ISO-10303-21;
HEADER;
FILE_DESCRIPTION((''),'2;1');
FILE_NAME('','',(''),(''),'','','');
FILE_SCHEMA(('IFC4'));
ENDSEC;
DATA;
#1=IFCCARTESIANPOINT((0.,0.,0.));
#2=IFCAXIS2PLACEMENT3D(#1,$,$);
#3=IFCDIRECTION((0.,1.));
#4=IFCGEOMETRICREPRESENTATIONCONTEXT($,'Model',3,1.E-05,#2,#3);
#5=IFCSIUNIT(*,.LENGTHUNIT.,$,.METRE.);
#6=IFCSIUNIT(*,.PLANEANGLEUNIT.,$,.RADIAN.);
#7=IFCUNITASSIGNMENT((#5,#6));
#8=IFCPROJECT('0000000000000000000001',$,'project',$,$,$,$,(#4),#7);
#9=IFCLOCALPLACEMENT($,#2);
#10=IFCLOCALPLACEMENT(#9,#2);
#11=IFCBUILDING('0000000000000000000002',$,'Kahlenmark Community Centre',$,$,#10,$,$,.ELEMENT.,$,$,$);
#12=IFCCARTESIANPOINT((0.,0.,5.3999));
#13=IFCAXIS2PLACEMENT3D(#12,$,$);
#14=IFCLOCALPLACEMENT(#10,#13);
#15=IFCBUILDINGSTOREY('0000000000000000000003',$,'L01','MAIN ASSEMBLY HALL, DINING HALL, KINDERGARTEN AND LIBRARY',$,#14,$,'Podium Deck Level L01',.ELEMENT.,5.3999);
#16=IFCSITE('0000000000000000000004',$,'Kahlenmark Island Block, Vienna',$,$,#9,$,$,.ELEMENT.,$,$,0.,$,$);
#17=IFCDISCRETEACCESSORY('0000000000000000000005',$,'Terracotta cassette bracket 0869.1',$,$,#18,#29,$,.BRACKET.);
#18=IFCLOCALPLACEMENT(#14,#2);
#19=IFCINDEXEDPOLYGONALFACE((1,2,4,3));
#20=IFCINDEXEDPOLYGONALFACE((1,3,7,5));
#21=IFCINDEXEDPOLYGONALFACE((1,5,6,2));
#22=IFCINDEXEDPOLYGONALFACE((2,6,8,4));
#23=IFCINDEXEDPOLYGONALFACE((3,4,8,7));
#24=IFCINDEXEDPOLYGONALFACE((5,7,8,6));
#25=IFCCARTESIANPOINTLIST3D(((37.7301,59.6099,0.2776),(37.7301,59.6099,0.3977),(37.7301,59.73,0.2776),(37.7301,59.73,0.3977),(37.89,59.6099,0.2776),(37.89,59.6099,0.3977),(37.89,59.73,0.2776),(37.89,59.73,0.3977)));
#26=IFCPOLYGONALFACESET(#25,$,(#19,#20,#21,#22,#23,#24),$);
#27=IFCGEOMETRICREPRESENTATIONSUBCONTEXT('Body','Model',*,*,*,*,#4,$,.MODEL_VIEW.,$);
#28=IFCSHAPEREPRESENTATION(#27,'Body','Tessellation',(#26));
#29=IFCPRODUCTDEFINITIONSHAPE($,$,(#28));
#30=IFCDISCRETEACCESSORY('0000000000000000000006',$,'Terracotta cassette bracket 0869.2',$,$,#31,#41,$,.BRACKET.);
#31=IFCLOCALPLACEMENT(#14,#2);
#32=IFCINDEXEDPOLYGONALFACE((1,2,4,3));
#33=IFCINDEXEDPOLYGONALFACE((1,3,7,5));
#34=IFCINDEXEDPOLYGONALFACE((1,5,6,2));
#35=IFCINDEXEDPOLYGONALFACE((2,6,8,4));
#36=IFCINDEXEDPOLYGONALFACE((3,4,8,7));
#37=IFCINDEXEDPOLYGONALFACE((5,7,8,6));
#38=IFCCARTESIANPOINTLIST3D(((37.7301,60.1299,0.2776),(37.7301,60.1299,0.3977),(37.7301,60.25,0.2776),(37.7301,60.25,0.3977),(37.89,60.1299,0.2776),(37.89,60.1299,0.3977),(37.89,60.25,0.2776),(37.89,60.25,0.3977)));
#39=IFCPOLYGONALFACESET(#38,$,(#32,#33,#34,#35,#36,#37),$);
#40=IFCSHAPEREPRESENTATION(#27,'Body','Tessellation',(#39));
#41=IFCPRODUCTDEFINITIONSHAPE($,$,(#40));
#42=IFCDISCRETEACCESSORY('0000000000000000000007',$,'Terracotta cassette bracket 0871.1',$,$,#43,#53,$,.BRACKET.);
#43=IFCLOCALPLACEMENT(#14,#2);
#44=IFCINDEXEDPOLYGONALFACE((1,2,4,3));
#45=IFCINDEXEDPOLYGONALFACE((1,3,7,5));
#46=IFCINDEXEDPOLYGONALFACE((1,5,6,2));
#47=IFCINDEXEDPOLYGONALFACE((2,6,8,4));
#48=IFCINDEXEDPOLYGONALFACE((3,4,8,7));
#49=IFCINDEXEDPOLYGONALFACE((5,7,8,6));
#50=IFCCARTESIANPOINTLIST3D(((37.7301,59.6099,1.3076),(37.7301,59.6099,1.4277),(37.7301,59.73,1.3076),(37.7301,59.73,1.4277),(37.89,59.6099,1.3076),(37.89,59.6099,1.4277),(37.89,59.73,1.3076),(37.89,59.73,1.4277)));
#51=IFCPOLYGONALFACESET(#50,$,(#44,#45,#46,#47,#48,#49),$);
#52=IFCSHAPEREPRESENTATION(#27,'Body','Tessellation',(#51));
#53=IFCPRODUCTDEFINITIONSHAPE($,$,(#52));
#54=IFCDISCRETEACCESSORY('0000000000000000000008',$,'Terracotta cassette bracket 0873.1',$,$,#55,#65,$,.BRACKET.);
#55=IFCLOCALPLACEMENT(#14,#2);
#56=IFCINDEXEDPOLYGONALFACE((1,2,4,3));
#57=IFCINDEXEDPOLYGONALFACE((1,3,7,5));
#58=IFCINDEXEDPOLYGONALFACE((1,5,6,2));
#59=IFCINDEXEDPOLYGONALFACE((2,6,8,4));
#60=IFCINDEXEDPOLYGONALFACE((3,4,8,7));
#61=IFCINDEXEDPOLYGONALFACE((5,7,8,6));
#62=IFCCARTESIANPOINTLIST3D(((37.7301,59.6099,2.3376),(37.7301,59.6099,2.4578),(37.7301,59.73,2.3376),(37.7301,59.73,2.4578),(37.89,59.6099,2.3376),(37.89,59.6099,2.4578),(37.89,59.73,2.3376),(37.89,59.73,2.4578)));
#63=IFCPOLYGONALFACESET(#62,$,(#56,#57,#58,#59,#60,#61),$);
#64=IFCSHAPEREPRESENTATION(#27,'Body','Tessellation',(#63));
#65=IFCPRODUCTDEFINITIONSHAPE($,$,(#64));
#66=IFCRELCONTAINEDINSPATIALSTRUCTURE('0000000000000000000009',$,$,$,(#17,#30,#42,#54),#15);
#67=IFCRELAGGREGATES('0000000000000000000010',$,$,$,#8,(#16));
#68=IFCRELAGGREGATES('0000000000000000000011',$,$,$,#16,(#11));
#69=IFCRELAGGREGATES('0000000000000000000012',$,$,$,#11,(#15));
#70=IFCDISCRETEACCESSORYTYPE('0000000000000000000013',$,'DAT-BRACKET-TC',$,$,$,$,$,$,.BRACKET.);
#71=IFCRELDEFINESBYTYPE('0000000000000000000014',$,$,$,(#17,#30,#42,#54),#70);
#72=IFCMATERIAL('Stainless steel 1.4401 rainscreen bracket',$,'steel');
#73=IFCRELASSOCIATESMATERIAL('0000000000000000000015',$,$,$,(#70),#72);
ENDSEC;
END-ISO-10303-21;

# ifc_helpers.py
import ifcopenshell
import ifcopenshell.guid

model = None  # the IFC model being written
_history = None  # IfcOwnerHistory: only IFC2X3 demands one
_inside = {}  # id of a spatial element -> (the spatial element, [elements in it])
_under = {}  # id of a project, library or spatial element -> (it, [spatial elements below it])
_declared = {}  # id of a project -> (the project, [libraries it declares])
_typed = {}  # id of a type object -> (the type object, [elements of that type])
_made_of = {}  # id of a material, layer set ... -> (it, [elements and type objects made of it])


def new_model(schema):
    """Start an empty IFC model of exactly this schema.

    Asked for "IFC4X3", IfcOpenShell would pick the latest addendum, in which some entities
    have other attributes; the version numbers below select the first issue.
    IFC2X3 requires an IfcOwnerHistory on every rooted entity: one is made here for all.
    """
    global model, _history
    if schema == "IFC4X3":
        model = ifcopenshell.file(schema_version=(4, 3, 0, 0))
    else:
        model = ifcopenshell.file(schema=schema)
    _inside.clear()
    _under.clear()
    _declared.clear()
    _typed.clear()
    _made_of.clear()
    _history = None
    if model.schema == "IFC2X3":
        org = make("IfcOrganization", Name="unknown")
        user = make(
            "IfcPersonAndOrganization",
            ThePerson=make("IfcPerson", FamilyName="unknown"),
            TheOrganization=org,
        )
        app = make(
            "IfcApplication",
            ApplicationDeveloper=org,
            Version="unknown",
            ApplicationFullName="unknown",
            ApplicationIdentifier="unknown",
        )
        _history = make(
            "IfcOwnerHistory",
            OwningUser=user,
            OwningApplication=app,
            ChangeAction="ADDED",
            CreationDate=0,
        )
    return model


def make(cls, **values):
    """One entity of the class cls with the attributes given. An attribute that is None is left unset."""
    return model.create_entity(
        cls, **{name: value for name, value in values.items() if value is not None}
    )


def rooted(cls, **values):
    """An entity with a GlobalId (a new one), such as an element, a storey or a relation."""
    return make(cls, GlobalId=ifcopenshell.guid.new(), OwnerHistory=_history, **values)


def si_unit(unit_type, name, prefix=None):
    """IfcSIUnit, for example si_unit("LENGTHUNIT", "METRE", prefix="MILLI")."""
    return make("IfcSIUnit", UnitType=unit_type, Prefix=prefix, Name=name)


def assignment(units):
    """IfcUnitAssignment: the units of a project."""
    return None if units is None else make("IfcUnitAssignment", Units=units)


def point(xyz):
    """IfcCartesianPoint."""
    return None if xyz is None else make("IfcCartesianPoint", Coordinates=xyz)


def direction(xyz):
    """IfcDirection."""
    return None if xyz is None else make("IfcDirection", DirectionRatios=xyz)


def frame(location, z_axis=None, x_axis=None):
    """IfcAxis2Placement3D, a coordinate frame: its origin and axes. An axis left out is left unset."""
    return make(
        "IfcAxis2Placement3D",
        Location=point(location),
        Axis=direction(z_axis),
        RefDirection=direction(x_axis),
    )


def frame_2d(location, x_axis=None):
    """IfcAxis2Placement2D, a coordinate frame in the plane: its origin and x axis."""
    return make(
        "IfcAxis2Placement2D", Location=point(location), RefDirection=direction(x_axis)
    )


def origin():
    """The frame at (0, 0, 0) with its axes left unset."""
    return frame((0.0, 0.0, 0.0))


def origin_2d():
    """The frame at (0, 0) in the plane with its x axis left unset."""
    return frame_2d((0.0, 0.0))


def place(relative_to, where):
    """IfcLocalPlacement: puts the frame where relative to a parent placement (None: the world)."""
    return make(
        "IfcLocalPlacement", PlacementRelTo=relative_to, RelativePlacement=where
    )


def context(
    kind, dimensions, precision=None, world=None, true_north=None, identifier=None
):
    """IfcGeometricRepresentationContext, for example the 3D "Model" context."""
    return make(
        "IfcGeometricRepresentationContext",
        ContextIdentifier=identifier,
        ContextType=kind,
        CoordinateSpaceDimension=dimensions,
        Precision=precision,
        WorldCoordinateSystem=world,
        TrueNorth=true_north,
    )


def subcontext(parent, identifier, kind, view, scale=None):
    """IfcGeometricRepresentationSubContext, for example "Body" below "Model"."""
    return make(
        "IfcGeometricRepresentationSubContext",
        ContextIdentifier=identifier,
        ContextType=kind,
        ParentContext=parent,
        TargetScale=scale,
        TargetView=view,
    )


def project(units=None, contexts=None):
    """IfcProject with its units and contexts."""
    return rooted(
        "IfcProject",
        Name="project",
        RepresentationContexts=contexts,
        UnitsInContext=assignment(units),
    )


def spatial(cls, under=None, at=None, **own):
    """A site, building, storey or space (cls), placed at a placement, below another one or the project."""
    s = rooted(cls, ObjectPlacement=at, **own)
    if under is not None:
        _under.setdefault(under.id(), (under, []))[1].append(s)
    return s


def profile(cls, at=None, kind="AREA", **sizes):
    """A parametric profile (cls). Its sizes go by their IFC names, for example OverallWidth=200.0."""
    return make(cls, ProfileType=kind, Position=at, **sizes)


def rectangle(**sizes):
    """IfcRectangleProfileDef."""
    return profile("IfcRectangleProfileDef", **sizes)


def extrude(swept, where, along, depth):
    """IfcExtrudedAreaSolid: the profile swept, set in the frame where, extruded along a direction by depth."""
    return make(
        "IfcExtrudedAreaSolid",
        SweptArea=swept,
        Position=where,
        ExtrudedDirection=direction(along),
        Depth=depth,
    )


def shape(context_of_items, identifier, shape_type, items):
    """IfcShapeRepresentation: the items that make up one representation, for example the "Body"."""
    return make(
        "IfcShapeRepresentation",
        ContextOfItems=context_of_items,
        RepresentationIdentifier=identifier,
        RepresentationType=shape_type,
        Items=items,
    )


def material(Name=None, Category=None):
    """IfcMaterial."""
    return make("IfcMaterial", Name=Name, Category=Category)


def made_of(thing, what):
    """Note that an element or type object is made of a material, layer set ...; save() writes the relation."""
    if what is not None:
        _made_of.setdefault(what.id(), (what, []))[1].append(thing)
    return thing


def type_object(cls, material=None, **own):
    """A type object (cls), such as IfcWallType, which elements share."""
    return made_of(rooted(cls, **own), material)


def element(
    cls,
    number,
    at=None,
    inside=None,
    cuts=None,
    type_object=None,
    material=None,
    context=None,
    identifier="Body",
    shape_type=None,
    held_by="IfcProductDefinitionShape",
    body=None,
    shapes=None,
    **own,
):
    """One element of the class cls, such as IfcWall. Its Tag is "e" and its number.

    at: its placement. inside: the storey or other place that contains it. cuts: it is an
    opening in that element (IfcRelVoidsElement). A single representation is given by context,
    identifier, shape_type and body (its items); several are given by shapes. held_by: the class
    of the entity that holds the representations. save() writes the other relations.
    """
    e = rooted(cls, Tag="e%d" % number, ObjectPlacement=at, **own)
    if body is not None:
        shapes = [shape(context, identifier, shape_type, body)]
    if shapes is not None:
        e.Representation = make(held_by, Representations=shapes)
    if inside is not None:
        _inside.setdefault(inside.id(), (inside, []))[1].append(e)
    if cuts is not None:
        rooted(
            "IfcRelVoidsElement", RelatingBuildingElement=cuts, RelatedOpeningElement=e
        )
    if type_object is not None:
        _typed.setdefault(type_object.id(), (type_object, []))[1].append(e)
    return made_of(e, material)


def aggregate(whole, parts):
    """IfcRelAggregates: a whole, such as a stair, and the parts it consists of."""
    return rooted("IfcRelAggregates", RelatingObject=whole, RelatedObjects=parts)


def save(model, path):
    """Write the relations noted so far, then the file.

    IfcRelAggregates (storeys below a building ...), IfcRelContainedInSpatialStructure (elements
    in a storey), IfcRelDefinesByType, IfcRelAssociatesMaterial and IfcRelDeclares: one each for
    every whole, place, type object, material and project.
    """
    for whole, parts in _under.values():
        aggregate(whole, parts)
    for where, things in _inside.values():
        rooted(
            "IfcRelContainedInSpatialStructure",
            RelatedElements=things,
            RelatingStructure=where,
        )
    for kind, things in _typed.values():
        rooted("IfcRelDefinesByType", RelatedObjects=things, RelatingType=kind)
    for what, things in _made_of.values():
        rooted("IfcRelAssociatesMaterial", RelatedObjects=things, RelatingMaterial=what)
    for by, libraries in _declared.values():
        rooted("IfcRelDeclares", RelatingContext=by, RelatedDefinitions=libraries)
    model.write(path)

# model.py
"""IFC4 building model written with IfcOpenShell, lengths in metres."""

from ifc_helpers import new_model, si_unit, direction, frame, origin, origin_2d, place, context, subcontext, project, spatial, rectangle, extrude, material, type_object, element, save


model = new_model("IFC4")

# Units and contexts
model_context = context("Model", 3, precision=1e-05, world=origin(), true_north=direction((0.0, 1.0)))
body_context = subcontext(model_context, "Body", "Model", "MODEL_VIEW")
ifc_project = project(units=[si_unit("LENGTHUNIT", "METRE"), si_unit("PLANEANGLEUNIT", "RADIAN")], contexts=[model_context])

# Site, building, storey
site_placement = place(None, origin())
site = spatial("IfcSite", under=ifc_project, at=site_placement, Name="Kahlenmark Island Block, Vienna", CompositionType="ELEMENT", RefElevation=0.0)
building_placement = place(site_placement, origin())
building = spatial("IfcBuilding", under=site, at=building_placement, Name="Kahlenmark Community Centre", CompositionType="ELEMENT")
storey_placement = place(building_placement, frame((0.0, 0.0, 5.3999)))
storey = spatial("IfcBuildingStorey", under=building, at=storey_placement, Name="L01", Description="MAIN ASSEMBLY HALL, DINING HALL, KINDERGARTEN AND LIBRARY", LongName="Podium Deck Level L01", CompositionType="ELEMENT", Elevation=5.3999)

# Discrete accessories
ifc_material_1 = material(Name="Stainless steel 1.4401 rainscreen bracket", Category="steel")
discrete_accessory_type = type_object("IfcDiscreteAccessoryType", Name="DAT-BRACKET-TC", PredefinedType="BRACKET", material=ifc_material_1)
for number, where, z_axis, x_axis, name in (
    (1, (37.8101, 59.6699, 0.2776), (0.0, 0.0, 1.0), (0.0, 1.0, 0.0), "Terracotta cassette bracket 0869.1"),
    (2, (37.8101, 60.1899, 0.2776), (0.0, 0.0, 1.0), (0.0, 1.0, 0.0), "Terracotta cassette bracket 0869.2"),
    (3, (37.8101, 59.6699, 1.3076), (0.0, 0.0, 1.0), (0.0, 1.0, 0.0), "Terracotta cassette bracket 0871.1"),
    (4, (37.8101, 59.6699, 2.3376), (0.0, 0.0, 1.0), (0.0, 1.0, 0.0), "Terracotta cassette bracket 0873.1"),
):
    element("IfcDiscreteAccessory", number, at=place(storey_placement, frame(where, z_axis=z_axis, x_axis=x_axis)), inside=storey, type_object=discrete_accessory_type, Name=name, PredefinedType="BRACKET", context=body_context, shape_type="SweptSolid", body=[
        extrude(rectangle(XDim=0.1201, YDim=0.1599, at=origin_2d()), origin(), (0.0, 0.0, 1.0), 0.1201),
    ])

save(model, "model.ifc")
